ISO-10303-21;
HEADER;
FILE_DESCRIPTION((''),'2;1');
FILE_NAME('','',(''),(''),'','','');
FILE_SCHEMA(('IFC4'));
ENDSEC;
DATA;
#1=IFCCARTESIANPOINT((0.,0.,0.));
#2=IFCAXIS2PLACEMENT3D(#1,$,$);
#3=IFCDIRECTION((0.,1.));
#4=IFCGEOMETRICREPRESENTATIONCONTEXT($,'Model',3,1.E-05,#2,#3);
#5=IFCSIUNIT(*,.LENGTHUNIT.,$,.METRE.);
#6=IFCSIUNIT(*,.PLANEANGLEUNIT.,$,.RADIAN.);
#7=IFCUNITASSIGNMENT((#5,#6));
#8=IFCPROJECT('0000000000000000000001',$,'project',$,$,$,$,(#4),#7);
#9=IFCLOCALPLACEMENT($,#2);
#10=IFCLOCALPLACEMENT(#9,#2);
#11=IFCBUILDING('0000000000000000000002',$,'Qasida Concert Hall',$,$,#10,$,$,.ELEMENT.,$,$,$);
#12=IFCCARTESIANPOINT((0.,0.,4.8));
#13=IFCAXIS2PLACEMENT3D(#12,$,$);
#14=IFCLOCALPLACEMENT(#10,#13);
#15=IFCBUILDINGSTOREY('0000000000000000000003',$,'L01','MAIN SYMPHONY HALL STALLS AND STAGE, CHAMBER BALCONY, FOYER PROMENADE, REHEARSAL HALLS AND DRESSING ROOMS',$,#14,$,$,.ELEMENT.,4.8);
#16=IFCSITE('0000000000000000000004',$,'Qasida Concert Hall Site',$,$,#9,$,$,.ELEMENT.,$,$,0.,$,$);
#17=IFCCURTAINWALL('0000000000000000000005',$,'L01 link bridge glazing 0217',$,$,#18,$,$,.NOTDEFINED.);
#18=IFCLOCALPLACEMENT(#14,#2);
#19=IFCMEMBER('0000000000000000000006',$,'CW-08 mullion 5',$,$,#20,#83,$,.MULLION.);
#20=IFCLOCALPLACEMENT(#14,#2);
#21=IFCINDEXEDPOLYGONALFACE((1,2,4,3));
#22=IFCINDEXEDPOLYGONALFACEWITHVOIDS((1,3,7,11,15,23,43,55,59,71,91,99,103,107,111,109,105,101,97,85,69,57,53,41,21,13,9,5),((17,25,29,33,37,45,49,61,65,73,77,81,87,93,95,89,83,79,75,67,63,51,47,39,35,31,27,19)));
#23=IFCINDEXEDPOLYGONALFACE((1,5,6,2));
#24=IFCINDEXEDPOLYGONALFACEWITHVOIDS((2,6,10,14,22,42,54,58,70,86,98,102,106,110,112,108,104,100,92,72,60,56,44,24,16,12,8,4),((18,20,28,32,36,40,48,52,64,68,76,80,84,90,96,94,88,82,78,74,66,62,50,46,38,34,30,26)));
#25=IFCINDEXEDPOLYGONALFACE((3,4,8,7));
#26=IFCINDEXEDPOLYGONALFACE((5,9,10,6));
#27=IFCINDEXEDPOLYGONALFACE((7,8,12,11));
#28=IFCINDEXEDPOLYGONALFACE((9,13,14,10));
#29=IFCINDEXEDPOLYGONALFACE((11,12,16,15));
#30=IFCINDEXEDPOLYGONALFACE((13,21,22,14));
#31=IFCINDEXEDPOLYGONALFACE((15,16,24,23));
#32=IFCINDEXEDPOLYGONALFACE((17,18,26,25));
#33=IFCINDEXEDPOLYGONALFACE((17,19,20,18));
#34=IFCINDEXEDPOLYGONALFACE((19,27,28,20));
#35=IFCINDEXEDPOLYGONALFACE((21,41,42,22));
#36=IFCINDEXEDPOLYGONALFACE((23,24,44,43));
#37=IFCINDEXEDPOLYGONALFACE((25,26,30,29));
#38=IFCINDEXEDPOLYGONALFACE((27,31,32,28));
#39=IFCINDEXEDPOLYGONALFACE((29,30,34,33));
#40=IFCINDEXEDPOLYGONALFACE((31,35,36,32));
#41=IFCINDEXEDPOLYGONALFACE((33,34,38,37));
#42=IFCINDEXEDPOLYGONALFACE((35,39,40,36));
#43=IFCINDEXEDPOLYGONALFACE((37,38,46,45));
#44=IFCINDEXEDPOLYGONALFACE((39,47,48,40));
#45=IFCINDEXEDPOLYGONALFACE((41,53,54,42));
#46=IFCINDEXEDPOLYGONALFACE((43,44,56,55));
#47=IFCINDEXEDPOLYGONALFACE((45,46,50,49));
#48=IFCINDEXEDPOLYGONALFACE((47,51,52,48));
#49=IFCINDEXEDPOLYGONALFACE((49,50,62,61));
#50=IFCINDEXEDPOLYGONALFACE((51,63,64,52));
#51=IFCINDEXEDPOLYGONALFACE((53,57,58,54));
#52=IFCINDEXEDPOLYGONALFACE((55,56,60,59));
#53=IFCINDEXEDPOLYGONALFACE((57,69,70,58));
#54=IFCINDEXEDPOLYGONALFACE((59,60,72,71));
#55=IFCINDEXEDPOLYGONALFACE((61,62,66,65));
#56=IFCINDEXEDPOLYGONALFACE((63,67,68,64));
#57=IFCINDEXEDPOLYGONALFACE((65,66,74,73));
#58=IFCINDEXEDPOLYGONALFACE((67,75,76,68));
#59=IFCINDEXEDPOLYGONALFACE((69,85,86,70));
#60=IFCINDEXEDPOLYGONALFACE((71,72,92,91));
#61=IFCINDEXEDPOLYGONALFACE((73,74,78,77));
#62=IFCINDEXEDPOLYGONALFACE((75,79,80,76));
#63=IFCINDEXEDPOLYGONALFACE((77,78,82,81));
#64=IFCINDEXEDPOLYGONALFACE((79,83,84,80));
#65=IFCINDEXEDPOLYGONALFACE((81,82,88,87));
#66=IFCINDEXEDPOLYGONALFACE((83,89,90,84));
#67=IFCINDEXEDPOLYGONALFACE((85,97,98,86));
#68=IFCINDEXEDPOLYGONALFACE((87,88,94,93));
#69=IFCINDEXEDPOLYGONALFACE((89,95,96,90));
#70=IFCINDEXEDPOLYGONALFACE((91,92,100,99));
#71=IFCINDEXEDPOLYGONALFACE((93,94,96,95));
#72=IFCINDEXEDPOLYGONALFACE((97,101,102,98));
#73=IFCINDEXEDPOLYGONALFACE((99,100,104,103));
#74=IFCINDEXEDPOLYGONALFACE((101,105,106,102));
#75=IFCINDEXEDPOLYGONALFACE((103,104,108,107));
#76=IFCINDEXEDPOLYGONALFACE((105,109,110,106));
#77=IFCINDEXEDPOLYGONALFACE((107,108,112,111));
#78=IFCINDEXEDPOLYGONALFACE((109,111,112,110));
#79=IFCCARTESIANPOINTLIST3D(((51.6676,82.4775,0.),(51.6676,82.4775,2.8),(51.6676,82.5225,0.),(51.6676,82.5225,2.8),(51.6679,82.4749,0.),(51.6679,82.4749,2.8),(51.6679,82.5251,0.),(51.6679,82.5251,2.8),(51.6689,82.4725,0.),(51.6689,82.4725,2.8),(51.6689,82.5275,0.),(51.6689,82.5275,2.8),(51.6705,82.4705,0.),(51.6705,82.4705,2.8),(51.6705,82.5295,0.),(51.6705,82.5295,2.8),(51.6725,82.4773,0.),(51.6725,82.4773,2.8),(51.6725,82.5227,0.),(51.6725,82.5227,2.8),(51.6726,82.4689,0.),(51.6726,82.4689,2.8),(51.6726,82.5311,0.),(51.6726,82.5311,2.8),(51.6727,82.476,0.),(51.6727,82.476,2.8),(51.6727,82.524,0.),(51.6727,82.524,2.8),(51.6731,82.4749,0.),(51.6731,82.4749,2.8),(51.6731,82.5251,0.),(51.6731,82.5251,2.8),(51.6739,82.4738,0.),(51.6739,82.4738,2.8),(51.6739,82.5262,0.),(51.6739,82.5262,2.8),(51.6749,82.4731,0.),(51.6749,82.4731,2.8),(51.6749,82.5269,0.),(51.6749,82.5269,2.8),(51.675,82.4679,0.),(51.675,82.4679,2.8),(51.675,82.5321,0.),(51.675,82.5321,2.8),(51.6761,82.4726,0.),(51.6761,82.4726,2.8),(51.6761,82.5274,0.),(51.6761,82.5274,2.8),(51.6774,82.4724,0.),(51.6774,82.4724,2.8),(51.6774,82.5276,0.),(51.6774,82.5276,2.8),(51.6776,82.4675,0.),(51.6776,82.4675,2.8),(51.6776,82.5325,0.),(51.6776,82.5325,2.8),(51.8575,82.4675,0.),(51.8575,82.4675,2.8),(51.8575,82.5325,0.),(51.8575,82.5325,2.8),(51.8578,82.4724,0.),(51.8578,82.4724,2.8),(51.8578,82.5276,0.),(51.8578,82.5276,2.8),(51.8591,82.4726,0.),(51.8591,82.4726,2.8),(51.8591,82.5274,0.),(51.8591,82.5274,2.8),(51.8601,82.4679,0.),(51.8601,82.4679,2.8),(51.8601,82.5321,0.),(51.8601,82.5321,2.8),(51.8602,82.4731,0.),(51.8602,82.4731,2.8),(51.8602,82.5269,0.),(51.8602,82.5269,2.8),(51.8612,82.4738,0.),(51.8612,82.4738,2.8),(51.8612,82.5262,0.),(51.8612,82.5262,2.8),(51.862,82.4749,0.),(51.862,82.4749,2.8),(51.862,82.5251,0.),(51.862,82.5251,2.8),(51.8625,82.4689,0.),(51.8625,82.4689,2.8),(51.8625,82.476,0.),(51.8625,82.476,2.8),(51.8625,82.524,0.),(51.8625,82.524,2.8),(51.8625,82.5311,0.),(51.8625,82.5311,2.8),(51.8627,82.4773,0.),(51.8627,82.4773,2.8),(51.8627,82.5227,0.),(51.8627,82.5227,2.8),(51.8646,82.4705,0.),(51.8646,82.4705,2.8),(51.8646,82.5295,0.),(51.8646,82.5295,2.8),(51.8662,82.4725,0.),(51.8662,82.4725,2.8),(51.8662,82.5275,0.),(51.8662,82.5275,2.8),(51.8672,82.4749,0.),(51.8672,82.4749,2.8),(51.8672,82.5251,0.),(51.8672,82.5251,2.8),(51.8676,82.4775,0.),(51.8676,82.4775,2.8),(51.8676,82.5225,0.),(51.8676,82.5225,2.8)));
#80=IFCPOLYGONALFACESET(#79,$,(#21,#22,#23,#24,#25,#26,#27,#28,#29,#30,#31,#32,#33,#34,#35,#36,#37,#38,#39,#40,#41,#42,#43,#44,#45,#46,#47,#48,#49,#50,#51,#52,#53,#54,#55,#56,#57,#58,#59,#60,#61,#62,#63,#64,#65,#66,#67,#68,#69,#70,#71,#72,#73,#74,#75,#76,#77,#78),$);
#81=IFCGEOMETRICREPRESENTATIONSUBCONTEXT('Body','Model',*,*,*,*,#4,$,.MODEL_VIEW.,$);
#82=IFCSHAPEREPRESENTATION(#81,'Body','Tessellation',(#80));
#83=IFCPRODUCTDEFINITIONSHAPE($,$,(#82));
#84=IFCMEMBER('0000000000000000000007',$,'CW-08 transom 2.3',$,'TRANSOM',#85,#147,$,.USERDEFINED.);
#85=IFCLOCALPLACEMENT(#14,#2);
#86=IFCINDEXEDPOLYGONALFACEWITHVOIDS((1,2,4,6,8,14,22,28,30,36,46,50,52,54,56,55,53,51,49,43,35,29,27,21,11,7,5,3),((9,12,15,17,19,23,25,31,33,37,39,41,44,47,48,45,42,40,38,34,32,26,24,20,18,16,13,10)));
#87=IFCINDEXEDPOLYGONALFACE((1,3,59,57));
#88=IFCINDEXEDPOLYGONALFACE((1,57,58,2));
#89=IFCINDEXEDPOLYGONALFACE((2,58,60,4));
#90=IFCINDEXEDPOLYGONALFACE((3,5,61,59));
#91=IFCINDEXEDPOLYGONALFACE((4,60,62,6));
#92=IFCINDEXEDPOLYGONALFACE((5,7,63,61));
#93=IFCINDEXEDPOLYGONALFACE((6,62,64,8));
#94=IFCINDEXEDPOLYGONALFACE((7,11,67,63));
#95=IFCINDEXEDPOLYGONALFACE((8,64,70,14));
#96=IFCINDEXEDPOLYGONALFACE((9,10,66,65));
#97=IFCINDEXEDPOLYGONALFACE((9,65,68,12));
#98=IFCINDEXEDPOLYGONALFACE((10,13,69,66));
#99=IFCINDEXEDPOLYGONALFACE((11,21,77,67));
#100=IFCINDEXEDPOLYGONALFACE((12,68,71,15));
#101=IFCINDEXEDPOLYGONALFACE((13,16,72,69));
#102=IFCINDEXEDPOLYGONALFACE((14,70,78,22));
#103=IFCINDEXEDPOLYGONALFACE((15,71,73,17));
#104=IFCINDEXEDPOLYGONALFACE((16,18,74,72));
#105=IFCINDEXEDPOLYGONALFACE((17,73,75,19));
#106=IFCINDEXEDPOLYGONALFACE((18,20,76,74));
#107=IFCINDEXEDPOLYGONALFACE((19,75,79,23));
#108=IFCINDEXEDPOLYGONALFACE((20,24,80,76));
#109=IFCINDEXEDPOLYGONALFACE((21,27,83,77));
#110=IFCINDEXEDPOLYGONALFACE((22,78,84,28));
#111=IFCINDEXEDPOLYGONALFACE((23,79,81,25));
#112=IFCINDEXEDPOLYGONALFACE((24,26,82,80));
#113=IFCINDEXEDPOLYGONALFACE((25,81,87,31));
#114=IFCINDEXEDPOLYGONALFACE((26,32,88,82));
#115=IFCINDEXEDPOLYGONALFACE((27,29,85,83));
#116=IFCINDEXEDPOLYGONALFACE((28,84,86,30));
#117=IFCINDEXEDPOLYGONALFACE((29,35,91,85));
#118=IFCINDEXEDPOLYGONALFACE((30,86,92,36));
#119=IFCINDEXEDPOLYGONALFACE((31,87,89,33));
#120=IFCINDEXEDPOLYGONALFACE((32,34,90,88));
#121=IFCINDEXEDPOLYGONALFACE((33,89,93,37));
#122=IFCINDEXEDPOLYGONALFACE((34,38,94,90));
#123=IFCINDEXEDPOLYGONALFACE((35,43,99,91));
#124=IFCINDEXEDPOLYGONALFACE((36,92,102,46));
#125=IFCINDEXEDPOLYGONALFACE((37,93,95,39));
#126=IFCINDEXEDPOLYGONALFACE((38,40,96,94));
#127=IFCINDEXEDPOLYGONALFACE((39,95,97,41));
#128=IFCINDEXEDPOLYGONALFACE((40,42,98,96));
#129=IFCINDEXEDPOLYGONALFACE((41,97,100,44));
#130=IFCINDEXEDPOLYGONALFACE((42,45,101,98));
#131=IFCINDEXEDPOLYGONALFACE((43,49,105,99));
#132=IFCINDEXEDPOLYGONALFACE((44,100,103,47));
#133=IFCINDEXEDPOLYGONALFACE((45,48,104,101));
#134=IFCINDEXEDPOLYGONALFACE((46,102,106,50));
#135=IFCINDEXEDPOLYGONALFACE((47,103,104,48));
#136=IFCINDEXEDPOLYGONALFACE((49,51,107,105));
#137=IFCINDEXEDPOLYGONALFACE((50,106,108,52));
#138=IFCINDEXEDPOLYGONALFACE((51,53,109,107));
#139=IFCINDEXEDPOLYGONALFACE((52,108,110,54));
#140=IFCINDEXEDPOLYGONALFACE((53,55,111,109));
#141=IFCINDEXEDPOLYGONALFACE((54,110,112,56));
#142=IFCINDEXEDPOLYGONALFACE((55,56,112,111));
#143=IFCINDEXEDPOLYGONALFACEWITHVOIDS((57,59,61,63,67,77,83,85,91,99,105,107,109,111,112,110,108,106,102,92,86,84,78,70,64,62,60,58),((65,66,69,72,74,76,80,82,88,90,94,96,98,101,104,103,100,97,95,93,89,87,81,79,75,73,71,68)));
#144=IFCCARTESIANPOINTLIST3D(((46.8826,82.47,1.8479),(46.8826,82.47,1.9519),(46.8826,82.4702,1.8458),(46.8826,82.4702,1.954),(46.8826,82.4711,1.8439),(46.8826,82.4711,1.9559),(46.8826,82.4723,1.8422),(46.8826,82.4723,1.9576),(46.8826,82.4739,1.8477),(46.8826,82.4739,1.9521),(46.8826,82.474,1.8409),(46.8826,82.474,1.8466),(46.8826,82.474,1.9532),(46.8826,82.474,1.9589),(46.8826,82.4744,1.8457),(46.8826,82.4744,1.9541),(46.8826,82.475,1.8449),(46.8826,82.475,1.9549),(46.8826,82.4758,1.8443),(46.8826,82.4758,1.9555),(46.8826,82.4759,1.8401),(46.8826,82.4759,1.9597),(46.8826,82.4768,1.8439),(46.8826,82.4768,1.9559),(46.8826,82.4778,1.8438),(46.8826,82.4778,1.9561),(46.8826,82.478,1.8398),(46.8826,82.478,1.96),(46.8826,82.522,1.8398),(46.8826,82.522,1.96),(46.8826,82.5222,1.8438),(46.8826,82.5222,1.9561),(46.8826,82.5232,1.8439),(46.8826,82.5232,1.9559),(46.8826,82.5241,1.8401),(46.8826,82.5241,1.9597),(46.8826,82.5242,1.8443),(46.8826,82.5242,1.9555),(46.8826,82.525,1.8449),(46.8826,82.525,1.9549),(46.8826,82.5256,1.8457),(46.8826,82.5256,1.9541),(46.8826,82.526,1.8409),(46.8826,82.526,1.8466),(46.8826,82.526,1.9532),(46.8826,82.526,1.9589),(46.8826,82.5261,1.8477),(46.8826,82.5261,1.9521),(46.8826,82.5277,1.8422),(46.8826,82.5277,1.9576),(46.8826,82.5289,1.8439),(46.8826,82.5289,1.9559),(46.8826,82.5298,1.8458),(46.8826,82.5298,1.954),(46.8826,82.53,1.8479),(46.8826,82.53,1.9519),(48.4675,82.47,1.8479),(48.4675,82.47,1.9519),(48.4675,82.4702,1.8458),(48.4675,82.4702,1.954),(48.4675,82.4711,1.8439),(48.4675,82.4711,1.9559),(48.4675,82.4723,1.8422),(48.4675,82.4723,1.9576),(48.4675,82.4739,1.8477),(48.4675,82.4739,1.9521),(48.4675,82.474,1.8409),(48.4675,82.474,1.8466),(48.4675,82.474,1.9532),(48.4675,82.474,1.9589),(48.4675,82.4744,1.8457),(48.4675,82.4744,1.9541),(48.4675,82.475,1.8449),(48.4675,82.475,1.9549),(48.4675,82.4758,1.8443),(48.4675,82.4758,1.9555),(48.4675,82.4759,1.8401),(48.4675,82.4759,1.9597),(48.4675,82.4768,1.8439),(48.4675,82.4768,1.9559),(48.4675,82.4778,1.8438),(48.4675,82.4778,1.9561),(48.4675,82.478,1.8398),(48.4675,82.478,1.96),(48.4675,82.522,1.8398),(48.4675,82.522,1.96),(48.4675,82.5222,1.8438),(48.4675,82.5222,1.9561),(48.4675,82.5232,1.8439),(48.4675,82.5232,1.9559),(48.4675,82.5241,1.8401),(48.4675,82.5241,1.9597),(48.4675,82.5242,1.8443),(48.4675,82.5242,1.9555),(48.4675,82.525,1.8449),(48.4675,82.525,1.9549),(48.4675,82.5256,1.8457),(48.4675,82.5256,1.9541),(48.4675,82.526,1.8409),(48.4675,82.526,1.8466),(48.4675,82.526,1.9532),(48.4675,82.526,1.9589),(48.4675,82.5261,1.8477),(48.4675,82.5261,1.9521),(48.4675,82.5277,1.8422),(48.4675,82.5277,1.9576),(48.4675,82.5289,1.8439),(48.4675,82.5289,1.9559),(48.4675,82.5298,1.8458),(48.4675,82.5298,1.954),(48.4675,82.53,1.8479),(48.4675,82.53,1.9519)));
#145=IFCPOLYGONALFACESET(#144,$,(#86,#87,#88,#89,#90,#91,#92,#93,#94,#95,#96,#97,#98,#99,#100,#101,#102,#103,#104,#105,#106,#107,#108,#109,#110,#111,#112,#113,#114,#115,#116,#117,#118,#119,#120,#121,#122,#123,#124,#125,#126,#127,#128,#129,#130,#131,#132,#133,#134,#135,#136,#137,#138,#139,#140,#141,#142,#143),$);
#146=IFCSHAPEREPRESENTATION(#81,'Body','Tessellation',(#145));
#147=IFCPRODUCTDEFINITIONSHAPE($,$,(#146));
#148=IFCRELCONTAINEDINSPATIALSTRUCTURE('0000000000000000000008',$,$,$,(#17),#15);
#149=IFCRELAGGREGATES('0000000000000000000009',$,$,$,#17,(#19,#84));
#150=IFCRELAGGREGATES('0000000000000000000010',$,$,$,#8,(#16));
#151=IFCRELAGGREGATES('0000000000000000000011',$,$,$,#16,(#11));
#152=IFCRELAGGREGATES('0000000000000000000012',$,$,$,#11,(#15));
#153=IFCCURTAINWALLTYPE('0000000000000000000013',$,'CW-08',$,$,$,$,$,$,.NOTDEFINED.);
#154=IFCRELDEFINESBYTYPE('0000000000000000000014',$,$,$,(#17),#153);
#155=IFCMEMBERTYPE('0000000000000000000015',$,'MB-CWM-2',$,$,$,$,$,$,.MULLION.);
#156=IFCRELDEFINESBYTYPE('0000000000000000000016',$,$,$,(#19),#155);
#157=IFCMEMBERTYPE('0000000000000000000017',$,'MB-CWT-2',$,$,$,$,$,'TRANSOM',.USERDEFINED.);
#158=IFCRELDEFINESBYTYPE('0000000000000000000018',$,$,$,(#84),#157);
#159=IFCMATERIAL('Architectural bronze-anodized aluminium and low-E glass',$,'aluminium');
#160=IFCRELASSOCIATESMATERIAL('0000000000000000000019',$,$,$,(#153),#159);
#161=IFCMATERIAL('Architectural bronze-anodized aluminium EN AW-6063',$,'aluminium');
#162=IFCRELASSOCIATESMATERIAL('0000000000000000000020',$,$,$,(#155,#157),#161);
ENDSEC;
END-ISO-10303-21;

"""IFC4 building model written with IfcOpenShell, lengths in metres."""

from ifc_helpers import new_model, si_unit, direction, frame, origin, origin_2d, place, context, subcontext, project, spatial, hollow_rectangle, extrude, material, material_profile, profile_set, type_object, element, aggregate, save


model = new_model("IFC4")

# Units and contexts
model_context = context("Model", 3, precision=1e-05, world=origin(), true_north=direction((0.0, 1.0)))
body_context = subcontext(model_context, "Body", "Model", "MODEL_VIEW")
ifc_project = project(units=[si_unit("LENGTHUNIT", "METRE"), si_unit("PLANEANGLEUNIT", "RADIAN")], contexts=[model_context])

# Site, building, storey
site_placement = place(None, origin())
site = spatial("IfcSite", under=ifc_project, at=site_placement, Name="Qasida Concert Hall Site", CompositionType="ELEMENT", RefElevation=0.0)
building_placement = place(site_placement, origin())
building = spatial("IfcBuilding", under=site, at=building_placement, Name="Qasida Concert Hall", CompositionType="ELEMENT")
storey_placement = place(building_placement, frame((0.0, 0.0, 4.8)))
storey = spatial("IfcBuildingStorey", under=building, at=storey_placement, Name="L01", Description="MAIN SYMPHONY HALL STALLS AND STAGE, CHAMBER BALCONY, FOYER PROMENADE, REHEARSAL HALLS AND DRESSING ROOMS", CompositionType="ELEMENT", Elevation=4.8)

# Curtain wall, members
ifc_material_1 = material(Name="Architectural bronze-anodized aluminium and low-E glass", Category="aluminium")
curtain_wall_type = type_object("IfcCurtainWallType", Name="CW-08", PredefinedType="NOTDEFINED", material=ifc_material_1)
curtain_wall_placement = place(storey_placement, origin())
curtain_wall = element("IfcCurtainWall", 1, at=curtain_wall_placement, inside=storey, type_object=curtain_wall_type, Name="L01 link bridge glazing 0217", PredefinedType="NOTDEFINED")
ifc_material_2 = material(Name="Architectural bronze-anodized aluminium EN AW-6063", Category="aluminium")
ifc_material_profile_1 = material_profile(ifc_material_2, hollow_rectangle(XDim=0.0649, YDim=0.2, WallThickness=0.0049, InnerFilletRadius=0.0049, OuterFilletRadius=0.01, at=origin_2d()), Name="CWM 200x65x5")
ifc_profile_set_1 = profile_set([ifc_material_profile_1], Name="Architectural bronze-anodized aluminium EN AW-6063")
member_type_1 = type_object("IfcMemberType", Name="MB-CWM-2", PredefinedType="MULLION", material=ifc_profile_set_1)
member_1_placement = place(storey_placement, frame((51.7676, 82.5, 0.0), z_axis=(0.0, 0.0, 1.0), x_axis=(0.0, 1.0, 0.0)))
member_1 = element("IfcMember", 2, at=member_1_placement, type_object=member_type_1, Name="CW-08 mullion 5", PredefinedType="MULLION", context=body_context, shape_type="SweptSolid", body=[
    extrude(hollow_rectangle(XDim=0.0649, YDim=0.2, WallThickness=0.0049, InnerFilletRadius=0.0049, OuterFilletRadius=0.01, at=origin_2d()), origin(), (0.0, 0.0, 1.0), 2.8),
])
ifc_material_profile_2 = material_profile(ifc_material_2, hollow_rectangle(XDim=0.0601, YDim=0.1201, WallThickness=0.0039, InnerFilletRadius=0.0039, OuterFilletRadius=0.0081, at=origin_2d()), Name="CWT 120x60x4")
ifc_profile_set_2 = profile_set([ifc_material_profile_2], Name="Architectural bronze-anodized aluminium EN AW-6063")
member_type_2 = type_object("IfcMemberType", Name="MB-CWT-2", ElementType="TRANSOM", PredefinedType="USERDEFINED", material=ifc_profile_set_2)
member_2_placement = place(storey_placement, frame((46.8826, 82.5, 1.8999), z_axis=(1.0, 0.0, 0.0), x_axis=(0.0, 1.0, 0.0)))
member_2 = element("IfcMember", 3, at=member_2_placement, type_object=member_type_2, Name="CW-08 transom 2.3", ObjectType="TRANSOM", PredefinedType="USERDEFINED", context=body_context, shape_type="SweptSolid", body=[
    extrude(hollow_rectangle(XDim=0.0601, YDim=0.1201, WallThickness=0.0039, InnerFilletRadius=0.0039, OuterFilletRadius=0.0081, at=origin_2d()), origin(), (0.0, 0.0, 1.0), 1.585),
])
aggregate(curtain_wall, [member_1, member_2])

save(model, "model.ifc")
